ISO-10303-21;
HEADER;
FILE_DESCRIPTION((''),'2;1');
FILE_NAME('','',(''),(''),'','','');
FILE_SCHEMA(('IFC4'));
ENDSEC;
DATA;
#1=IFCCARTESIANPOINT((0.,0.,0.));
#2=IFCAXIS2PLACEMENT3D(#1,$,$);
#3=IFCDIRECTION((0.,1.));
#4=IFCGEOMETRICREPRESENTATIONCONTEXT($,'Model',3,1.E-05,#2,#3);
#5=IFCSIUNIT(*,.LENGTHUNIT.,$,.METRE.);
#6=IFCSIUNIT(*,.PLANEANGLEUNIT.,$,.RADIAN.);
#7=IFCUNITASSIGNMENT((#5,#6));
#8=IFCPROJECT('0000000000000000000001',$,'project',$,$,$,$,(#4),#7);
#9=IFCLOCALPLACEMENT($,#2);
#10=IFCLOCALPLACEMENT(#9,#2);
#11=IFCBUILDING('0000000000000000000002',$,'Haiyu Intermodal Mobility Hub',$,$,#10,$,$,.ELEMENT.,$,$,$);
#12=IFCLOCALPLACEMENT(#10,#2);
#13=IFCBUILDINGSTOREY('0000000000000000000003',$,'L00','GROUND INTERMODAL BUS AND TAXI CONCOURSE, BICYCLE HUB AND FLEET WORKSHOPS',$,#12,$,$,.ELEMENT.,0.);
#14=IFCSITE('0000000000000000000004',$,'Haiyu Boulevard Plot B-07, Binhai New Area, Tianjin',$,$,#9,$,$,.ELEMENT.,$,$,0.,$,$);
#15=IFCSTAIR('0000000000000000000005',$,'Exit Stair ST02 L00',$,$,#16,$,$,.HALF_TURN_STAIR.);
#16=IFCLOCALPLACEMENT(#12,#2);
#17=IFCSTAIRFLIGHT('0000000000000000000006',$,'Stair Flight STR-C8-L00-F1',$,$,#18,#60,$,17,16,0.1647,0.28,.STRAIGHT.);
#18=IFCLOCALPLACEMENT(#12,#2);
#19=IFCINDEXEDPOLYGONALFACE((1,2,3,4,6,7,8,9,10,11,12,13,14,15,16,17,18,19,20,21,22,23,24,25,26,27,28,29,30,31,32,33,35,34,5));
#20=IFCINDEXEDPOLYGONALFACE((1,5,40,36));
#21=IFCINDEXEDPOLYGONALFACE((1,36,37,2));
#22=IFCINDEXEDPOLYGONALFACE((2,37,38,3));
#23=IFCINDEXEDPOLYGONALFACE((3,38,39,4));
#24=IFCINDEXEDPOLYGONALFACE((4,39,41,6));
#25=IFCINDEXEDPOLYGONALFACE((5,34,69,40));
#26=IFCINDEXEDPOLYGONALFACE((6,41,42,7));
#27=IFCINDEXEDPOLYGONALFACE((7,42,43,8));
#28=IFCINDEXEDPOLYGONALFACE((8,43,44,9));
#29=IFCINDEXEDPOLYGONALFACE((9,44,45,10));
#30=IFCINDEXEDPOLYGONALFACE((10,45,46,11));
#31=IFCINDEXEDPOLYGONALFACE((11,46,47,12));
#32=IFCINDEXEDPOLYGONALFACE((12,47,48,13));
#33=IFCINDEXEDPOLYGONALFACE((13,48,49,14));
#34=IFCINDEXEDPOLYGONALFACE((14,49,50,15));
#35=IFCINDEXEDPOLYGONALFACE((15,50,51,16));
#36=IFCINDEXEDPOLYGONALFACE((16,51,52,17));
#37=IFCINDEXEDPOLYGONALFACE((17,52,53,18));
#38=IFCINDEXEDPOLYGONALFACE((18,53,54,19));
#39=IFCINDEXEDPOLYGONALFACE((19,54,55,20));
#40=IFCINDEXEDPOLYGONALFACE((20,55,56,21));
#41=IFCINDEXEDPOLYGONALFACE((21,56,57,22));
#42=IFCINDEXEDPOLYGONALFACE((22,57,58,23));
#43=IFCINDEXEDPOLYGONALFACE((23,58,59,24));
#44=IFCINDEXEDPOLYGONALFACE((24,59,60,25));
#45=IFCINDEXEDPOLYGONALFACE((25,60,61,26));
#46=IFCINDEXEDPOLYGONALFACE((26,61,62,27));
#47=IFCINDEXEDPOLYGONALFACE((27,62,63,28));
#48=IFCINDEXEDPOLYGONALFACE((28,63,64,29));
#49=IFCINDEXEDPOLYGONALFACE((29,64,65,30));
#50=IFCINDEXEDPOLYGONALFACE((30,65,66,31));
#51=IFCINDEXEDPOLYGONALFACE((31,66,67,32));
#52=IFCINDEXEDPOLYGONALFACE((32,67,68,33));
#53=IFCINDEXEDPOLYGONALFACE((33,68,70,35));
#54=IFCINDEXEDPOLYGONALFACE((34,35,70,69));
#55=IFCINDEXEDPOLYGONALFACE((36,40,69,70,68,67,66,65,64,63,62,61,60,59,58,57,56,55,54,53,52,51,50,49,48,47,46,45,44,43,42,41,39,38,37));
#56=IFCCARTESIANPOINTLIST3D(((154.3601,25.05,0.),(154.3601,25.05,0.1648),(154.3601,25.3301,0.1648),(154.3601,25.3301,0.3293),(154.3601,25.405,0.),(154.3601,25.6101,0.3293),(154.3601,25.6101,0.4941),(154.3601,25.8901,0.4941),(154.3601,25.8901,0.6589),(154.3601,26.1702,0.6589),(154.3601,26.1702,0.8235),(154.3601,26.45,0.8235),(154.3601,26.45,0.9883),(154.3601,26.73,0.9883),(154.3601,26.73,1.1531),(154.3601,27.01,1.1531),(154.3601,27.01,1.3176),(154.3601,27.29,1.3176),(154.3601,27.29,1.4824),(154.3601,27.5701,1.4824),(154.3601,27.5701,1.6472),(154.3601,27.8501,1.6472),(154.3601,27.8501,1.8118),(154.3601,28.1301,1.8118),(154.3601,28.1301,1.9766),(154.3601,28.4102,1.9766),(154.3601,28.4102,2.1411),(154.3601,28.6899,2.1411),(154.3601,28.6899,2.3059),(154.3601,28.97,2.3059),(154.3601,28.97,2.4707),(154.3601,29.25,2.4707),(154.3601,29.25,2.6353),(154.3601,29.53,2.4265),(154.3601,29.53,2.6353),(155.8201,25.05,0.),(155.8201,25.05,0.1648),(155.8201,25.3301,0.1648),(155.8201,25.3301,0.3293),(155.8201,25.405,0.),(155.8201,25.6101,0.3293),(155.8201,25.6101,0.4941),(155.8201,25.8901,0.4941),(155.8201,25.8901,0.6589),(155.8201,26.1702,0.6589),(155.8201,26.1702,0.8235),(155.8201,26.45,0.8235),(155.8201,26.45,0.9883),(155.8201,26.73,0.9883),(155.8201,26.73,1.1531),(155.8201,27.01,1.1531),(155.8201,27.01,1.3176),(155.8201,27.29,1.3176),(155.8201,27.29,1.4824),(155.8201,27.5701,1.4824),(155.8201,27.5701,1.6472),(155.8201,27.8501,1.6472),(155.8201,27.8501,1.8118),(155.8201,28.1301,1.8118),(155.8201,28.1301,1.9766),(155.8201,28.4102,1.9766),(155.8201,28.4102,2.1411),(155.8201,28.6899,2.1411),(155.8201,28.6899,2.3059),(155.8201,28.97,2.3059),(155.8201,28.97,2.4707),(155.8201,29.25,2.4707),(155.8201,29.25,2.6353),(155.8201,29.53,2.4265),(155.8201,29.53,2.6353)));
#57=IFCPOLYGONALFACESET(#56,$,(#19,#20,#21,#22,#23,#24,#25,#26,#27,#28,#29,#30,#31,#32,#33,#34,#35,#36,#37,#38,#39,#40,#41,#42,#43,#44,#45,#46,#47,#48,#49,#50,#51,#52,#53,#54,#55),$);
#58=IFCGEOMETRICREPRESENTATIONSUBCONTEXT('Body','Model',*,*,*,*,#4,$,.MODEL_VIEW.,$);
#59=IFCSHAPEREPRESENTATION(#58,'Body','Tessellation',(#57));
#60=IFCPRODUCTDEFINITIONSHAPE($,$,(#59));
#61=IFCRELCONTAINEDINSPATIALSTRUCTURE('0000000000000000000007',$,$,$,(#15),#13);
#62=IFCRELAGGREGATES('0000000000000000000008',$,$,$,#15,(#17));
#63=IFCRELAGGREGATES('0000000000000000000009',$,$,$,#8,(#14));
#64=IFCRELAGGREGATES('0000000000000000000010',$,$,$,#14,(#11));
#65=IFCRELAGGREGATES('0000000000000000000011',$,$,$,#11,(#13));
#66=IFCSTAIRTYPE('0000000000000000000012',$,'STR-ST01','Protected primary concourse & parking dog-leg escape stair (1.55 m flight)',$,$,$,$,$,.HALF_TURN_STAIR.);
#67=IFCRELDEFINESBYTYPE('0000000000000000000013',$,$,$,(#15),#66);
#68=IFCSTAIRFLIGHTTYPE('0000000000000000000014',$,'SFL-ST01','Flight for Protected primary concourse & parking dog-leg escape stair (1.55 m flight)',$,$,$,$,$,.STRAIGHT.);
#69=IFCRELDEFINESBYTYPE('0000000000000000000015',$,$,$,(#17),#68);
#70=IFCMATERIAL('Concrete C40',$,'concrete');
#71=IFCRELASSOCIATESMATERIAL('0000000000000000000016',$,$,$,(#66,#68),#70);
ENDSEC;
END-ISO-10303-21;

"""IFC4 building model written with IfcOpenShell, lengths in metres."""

from ifc_helpers import new_model, si_unit, direction, frame, origin, place, context, subcontext, project, spatial, polyline, outline, extrude, material, type_object, element, aggregate, save


model = new_model("IFC4")

# Units and contexts
model_context = context("Model", 3, precision=1e-05, world=origin(), true_north=direction((0.0, 1.0)))
body_context = subcontext(model_context, "Body", "Model", "MODEL_VIEW")
ifc_project = project(units=[si_unit("LENGTHUNIT", "METRE"), si_unit("PLANEANGLEUNIT", "RADIAN")], contexts=[model_context])

# Site, building, storey
site_placement = place(None, origin())
site = spatial("IfcSite", under=ifc_project, at=site_placement, Name="Haiyu Boulevard Plot B-07, Binhai New Area, Tianjin", CompositionType="ELEMENT", RefElevation=0.0)
building_placement = place(site_placement, origin())
building = spatial("IfcBuilding", under=site, at=building_placement, Name="Haiyu Intermodal Mobility Hub", CompositionType="ELEMENT")
storey_placement = place(building_placement, origin())
storey = spatial("IfcBuildingStorey", under=building, at=storey_placement, Name="L00", Description="GROUND INTERMODAL BUS AND TAXI CONCOURSE, BICYCLE HUB AND FLEET WORKSHOPS", CompositionType="ELEMENT", Elevation=0.0)

# Shared definitions
ifc_material_1 = material(Name="Concrete C40", Category="concrete")

# Stair, stair flight
stair_type = type_object("IfcStairType", Name="STR-ST01", Description="Protected primary concourse & parking dog-leg escape stair (1.55 m flight)", PredefinedType="HALF_TURN_STAIR", material=ifc_material_1)
stair_placement = place(storey_placement, origin())
stair = element("IfcStair", 1, at=stair_placement, inside=storey, type_object=stair_type, Name="Exit Stair ST02 L00", PredefinedType="HALF_TURN_STAIR")
stair_flight_type = type_object("IfcStairFlightType", Name="SFL-ST01", Description="Flight for Protected primary concourse & parking dog-leg escape stair (1.55 m flight)", PredefinedType="STRAIGHT", material=ifc_material_1)
stair_flight_placement = place(storey_placement, frame((155.0901, 25.05, 0.0), z_axis=(0.0, 0.0, 1.0), x_axis=(0.0, 1.0, 0.0)))
stair_flight = element("IfcStairFlight", 2, at=stair_flight_placement, type_object=stair_flight_type, Name="Stair Flight STR-C8-L00-F1", NumberOfRisers=17, NumberOfTreads=16, PredefinedType="STRAIGHT", RiserHeight=0.1647, TreadLength=0.28, context=body_context, shape_type="SweptSolid", body=[
    extrude(outline(polyline([(0.0, 0.0), (0.0, 0.1648), (0.28, 0.1648), (0.28, 0.3293), (0.5601, 0.3293), (0.5601, 0.4941), (0.8401, 0.4941), (0.8401, 0.6589), (1.1201, 0.6589), (1.1201, 0.8235), (1.3999, 0.8235), (1.3999, 0.9883), (1.6799, 0.9883), (1.6799, 1.1531), (1.96, 1.1531), (1.96, 1.3176), (2.24, 1.3176), (2.24, 1.4824), (2.52, 1.4824), (2.52, 1.6472), (2.8, 1.6472), (2.8, 1.8118), (3.0801, 1.8118), (3.0801, 1.9766), (3.3601, 1.9766), (3.3601, 2.1411), (3.6399, 2.1411), (3.6399, 2.3059), (3.9199, 2.3059), (3.9199, 2.4707), (4.2, 2.4707), (4.2, 2.6353), (4.48, 2.6353), (4.48, 2.8), (4.48, 2.4265), (0.355, 0.0), (0.0, 0.0)])), frame((0.0, 0.73, 0.0), z_axis=(0.0, -1.0, 0.0), x_axis=(1.0, 0.0, 0.0)), (0.0, 0.0, 1.0), 1.46),
])
aggregate(stair, [stair_flight])

save(model, "model.ifc")
